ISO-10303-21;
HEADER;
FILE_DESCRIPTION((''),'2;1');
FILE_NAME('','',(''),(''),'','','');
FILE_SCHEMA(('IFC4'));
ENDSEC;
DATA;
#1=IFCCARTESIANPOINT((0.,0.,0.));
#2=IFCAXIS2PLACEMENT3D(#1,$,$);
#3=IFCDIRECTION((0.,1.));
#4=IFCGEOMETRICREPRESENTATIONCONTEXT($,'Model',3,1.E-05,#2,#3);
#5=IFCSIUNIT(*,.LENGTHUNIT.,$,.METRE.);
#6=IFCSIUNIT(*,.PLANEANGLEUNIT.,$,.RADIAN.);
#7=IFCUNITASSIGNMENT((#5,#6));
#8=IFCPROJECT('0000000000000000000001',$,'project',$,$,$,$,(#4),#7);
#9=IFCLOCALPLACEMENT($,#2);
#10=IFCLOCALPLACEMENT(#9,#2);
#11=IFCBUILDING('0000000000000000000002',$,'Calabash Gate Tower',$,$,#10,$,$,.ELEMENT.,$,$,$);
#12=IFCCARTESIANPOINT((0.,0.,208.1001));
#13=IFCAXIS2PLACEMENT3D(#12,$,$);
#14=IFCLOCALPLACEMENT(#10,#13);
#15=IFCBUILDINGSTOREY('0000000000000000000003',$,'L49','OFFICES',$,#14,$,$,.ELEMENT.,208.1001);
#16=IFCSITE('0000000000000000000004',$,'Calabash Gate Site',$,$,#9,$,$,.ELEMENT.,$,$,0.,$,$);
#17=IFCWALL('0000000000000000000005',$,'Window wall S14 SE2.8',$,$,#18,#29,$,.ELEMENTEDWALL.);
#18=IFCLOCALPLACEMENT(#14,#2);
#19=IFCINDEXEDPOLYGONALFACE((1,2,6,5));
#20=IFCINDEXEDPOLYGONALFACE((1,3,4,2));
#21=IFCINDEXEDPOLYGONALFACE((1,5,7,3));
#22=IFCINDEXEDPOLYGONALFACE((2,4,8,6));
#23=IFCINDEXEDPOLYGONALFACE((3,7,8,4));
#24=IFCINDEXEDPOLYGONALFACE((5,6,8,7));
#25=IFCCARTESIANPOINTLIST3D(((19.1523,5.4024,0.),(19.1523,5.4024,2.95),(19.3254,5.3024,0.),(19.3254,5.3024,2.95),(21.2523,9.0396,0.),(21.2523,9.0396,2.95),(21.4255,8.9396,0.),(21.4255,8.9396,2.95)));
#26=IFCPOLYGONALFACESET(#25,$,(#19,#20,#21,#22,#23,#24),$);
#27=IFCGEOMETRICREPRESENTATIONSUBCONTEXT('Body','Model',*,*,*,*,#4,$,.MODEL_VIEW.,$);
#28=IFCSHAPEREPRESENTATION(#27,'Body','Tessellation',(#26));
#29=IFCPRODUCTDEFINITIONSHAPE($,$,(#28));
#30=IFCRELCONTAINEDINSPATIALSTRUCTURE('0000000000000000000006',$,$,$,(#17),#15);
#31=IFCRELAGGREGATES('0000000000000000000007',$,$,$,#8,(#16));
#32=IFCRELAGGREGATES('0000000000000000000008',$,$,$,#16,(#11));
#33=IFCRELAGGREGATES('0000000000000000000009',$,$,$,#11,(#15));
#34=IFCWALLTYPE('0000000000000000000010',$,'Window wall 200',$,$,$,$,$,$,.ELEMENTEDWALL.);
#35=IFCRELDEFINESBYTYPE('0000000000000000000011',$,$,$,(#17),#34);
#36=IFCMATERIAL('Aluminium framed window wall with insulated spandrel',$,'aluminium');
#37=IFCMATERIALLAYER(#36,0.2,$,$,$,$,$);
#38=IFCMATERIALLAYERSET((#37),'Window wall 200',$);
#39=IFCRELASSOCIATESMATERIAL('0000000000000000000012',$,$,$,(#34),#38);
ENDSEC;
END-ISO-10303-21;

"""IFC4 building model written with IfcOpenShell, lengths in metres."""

from ifc_helpers import new_model, si_unit, direction, frame, frame_2d, origin, place, context, subcontext, project, spatial, rectangle, extrude, material, layer, layer_set, type_object, element, save


model = new_model("IFC4")

# Units and contexts
model_context = context("Model", 3, precision=1e-05, world=origin(), true_north=direction((0.0, 1.0)))
body_context = subcontext(model_context, "Body", "Model", "MODEL_VIEW")
ifc_project = project(units=[si_unit("LENGTHUNIT", "METRE"), si_unit("PLANEANGLEUNIT", "RADIAN")], contexts=[model_context])

# Site, building, storey
site_placement = place(None, origin())
site = spatial("IfcSite", under=ifc_project, at=site_placement, Name="Calabash Gate Site", CompositionType="ELEMENT", RefElevation=0.0)
building_placement = place(site_placement, origin())
building = spatial("IfcBuilding", under=site, at=building_placement, Name="Calabash Gate Tower", CompositionType="ELEMENT")
storey_placement = place(building_placement, frame((0.0, 0.0, 208.1001)))
storey = spatial("IfcBuildingStorey", under=building, at=storey_placement, Name="L49", Description="OFFICES", CompositionType="ELEMENT", Elevation=208.1001)

# Wall
ifc_material_1 = material(Name="Aluminium framed window wall with insulated spandrel", Category="aluminium")
ifc_layer_1 = layer(ifc_material_1, 0.2)
ifc_layer_set_1 = layer_set([ifc_layer_1], Name="Window wall 200")
wall_type_1 = type_object("IfcWallType", Name="Window wall 200", PredefinedType="ELEMENTEDWALL", material=ifc_layer_set_1)
wall_1_placement = place(storey_placement, frame((19.2388, 5.3523, 0.0), z_axis=(0.0, 0.0, 1.0), x_axis=(0.500028, 0.866009, 0.0)))
element("IfcWall", 1, at=wall_1_placement, inside=storey, type_object=wall_type_1, Name="Window wall S14 SE2.8", PredefinedType="ELEMENTEDWALL", context=body_context, shape_type="SweptSolid", body=[
    extrude(rectangle(XDim=4.2, YDim=0.2, at=frame_2d((2.1001, 0.0))), origin(), (0.0, 0.0, 1.0), 2.95),
])

save(model, "model.ifc")
